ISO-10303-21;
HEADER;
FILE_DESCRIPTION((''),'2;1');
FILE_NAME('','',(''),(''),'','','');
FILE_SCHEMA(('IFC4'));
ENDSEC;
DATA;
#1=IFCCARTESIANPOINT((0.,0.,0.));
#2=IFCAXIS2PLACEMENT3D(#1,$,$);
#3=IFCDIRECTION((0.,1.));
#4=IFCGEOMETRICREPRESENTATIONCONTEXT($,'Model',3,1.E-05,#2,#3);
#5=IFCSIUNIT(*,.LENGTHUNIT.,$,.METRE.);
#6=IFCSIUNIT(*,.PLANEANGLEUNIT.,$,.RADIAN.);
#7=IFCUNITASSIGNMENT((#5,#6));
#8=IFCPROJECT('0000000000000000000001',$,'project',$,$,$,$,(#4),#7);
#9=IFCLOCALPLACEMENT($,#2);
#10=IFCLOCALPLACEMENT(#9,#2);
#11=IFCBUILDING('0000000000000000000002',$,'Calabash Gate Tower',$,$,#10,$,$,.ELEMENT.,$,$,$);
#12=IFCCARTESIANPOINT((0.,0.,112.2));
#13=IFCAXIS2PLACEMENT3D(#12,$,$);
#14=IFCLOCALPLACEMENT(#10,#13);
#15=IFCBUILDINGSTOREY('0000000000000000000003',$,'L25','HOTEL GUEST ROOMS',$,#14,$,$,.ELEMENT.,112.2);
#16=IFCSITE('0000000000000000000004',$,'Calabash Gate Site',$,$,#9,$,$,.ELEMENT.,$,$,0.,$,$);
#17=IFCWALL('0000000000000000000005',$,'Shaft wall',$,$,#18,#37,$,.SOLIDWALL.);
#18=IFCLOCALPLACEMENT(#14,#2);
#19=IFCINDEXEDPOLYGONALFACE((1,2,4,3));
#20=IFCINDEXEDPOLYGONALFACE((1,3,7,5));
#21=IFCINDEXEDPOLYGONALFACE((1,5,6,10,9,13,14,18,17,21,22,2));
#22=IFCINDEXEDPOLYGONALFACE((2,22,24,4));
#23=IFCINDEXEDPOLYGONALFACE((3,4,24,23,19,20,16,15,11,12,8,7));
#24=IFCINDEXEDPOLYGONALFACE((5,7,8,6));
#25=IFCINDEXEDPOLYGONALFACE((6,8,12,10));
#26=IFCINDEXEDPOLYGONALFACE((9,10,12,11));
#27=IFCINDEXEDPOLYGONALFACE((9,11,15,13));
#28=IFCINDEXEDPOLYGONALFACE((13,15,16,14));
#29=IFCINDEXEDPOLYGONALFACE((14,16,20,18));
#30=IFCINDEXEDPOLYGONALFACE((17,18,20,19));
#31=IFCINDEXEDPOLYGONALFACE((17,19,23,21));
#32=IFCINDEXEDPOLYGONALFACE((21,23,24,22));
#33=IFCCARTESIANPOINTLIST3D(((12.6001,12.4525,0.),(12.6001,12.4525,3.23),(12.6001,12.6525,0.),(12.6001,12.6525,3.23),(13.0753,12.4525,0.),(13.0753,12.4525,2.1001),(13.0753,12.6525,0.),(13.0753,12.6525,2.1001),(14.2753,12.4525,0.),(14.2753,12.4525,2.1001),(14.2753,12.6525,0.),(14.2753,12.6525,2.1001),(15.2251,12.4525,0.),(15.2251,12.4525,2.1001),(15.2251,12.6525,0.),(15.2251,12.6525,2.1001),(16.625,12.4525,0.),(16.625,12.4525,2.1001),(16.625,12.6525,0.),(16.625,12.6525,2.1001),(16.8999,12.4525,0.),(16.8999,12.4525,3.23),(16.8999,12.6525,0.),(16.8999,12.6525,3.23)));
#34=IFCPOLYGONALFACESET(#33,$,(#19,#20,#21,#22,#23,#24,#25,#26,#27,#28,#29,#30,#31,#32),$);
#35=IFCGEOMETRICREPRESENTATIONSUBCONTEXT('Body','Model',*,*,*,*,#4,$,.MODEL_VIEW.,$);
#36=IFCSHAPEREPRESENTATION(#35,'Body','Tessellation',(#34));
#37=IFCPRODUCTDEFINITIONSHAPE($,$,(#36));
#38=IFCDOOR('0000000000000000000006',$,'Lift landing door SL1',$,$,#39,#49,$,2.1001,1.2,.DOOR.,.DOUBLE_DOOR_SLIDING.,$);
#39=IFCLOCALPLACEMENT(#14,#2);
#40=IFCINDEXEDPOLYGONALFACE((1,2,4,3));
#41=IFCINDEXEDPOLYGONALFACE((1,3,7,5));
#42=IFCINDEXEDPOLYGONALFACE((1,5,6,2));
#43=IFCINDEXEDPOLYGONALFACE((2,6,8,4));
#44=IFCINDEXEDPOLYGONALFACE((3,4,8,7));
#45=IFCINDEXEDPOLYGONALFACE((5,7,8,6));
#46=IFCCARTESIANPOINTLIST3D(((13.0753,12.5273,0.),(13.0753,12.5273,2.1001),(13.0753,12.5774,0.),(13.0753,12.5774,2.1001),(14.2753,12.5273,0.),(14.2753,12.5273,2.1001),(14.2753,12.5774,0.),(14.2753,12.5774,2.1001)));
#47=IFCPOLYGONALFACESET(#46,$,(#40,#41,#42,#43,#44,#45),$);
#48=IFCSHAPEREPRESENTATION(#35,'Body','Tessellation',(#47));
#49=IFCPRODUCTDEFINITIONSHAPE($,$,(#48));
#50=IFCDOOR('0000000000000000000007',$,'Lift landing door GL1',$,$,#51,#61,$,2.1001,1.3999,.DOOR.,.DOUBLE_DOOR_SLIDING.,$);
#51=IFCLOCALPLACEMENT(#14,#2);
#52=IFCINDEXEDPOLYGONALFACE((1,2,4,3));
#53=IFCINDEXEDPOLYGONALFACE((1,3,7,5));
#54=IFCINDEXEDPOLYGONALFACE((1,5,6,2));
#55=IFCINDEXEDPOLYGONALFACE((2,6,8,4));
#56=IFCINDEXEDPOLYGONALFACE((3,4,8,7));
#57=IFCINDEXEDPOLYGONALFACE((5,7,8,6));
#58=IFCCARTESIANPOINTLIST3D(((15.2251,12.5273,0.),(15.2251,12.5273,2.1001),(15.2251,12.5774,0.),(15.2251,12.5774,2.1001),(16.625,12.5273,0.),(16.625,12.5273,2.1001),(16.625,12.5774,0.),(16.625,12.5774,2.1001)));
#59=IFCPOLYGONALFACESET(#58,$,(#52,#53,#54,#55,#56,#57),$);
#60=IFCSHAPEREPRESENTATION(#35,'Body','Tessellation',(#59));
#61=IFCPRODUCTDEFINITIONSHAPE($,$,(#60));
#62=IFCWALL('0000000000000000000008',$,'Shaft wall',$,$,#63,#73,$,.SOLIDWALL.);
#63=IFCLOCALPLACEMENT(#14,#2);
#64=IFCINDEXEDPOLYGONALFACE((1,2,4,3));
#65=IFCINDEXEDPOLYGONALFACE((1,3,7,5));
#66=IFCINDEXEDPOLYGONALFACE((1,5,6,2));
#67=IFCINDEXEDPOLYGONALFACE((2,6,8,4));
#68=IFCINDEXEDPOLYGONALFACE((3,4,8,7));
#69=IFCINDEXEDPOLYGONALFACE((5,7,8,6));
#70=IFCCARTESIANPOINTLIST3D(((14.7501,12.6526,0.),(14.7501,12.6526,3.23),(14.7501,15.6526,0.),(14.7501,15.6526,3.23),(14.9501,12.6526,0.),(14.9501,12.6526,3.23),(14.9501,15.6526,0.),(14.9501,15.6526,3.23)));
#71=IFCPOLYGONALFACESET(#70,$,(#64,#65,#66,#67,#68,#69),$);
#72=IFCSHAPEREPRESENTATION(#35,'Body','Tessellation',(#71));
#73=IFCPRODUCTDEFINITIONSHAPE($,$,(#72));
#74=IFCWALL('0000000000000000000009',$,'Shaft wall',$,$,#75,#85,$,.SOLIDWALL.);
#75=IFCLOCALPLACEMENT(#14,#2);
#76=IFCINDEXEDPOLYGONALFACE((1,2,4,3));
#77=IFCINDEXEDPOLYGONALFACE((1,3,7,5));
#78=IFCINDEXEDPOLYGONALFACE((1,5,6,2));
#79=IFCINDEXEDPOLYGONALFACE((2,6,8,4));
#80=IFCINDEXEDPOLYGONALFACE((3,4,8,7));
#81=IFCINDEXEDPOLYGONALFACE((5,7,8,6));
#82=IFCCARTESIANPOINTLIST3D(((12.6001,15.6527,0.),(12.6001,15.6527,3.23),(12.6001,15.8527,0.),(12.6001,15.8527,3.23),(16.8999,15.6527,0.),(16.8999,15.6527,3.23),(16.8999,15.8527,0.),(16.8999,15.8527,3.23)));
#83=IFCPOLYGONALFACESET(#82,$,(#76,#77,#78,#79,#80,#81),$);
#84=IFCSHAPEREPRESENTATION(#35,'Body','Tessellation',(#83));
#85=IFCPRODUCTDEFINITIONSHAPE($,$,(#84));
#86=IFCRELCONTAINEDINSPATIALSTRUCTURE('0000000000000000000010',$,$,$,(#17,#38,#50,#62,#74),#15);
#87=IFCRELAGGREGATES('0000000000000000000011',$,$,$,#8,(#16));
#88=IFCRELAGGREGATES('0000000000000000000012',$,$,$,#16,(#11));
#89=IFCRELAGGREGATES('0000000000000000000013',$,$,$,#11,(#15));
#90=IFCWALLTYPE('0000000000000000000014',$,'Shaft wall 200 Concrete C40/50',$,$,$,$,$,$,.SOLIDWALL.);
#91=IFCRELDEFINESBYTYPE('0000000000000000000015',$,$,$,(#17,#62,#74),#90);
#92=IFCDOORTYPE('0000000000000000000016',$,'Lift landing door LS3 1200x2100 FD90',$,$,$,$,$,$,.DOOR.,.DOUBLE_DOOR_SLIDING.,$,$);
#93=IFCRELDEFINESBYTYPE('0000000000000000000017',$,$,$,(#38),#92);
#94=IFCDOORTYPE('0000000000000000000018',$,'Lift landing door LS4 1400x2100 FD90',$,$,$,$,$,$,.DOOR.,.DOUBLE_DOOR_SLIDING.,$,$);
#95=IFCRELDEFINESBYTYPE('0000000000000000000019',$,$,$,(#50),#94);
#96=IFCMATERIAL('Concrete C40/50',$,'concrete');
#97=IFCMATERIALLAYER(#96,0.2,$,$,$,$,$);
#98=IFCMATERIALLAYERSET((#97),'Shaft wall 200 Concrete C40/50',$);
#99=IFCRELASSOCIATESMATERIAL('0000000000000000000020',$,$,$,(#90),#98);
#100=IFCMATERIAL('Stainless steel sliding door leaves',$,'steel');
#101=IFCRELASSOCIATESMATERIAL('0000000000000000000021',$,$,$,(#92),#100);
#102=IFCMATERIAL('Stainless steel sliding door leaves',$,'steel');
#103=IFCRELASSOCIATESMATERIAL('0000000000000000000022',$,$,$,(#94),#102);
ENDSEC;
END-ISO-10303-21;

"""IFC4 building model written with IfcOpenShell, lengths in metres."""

from ifc_helpers import new_model, si_unit, direction, frame, frame_2d, origin, place, context, subcontext, project, spatial, rectangle, extrude, material, layer, layer_set, type_object, element, fill, save


model = new_model("IFC4")

# Units and contexts
model_context = context("Model", 3, precision=1e-05, world=origin(), true_north=direction((0.0, 1.0)))
body_context = subcontext(model_context, "Body", "Model", "MODEL_VIEW")
ifc_project = project(units=[si_unit("LENGTHUNIT", "METRE"), si_unit("PLANEANGLEUNIT", "RADIAN")], contexts=[model_context])

# Site, building, storey
site_placement = place(None, origin())
site = spatial("IfcSite", under=ifc_project, at=site_placement, Name="Calabash Gate Site", CompositionType="ELEMENT", RefElevation=0.0)
building_placement = place(site_placement, origin())
building = spatial("IfcBuilding", under=site, at=building_placement, Name="Calabash Gate Tower", CompositionType="ELEMENT")
storey_placement = place(building_placement, frame((0.0, 0.0, 112.2)))
storey = spatial("IfcBuildingStorey", under=building, at=storey_placement, Name="L25", Description="HOTEL GUEST ROOMS", CompositionType="ELEMENT", Elevation=112.2)

# Shared definitions
ifc_material_1 = material(Name="Concrete C40/50", Category="concrete")
ifc_layer_1 = layer(ifc_material_1, 0.2)
ifc_layer_set_1 = layer_set([ifc_layer_1], Name="Shaft wall 200 Concrete C40/50")
wall_type_1 = type_object("IfcWallType", Name="Shaft wall 200 Concrete C40/50", PredefinedType="SOLIDWALL", material=ifc_layer_set_1)

# Wall, openings, doors
wall_1_placement = place(storey_placement, frame((12.6001, 12.5525, 0.0), z_axis=(0.0, 0.0, 1.0), x_axis=(1.0, 0.0, 0.0)))
wall_1 = element("IfcWall", 1, at=wall_1_placement, inside=storey, type_object=wall_type_1, Name="Shaft wall", PredefinedType="SOLIDWALL", context=body_context, shape_type="SweptSolid", body=[
    extrude(rectangle(XDim=4.2998, YDim=0.2, at=frame_2d((2.1499, 0.0))), origin(), (0.0, 0.0, 1.0), 3.23),
])
opening_1_placement = place(wall_1_placement, frame((0.4751, 0.0, 0.0)))
opening_1 = element("IfcOpeningElement", 2, at=opening_1_placement, cuts=wall_1, PredefinedType="OPENING", context=body_context, shape_type="SweptSolid", body=[
    extrude(rectangle(XDim=1.2, YDim=2.1001, at=frame_2d((0.6001, 1.05))), frame((0.0, 0.1099, 0.0), z_axis=(0.0, -1.0, 0.0), x_axis=(1.0, 0.0, 0.0)), (0.0, 0.0, 1.0), 0.22),
])
opening_2_placement = place(wall_1_placement, frame((2.625, 0.0, 0.0)))
opening_2 = element("IfcOpeningElement", 3, at=opening_2_placement, cuts=wall_1, PredefinedType="OPENING", context=body_context, shape_type="SweptSolid", body=[
    extrude(rectangle(XDim=1.3999, YDim=2.1001, at=frame_2d((0.7, 1.05))), frame((0.0, 0.1099, 0.0), z_axis=(0.0, -1.0, 0.0), x_axis=(1.0, 0.0, 0.0)), (0.0, 0.0, 1.0), 0.22),
])
ifc_material_2 = material(Name="Stainless steel sliding door leaves", Category="steel")
door_type_1 = type_object("IfcDoorType", Name="Lift landing door LS3 1200x2100 FD90", OperationType="DOUBLE_DOOR_SLIDING", PredefinedType="DOOR", material=ifc_material_2)
door_1_placement = place(opening_1_placement, origin())
door_1 = element("IfcDoor", 4, at=door_1_placement, inside=storey, type_object=door_type_1, Name="Lift landing door SL1", OperationType="DOUBLE_DOOR_SLIDING", OverallHeight=2.1001, OverallWidth=1.2, PredefinedType="DOOR", context=body_context, shape_type="SweptSolid", body=[
    extrude(rectangle(XDim=1.2, YDim=2.1001, at=frame_2d((0.6001, 1.05))), frame((0.0, 0.0249, 0.0), z_axis=(0.0, -1.0, 0.0), x_axis=(1.0, 0.0, 0.0)), (0.0, 0.0, 1.0), 0.05),
])
fill(opening_1, door_1)
ifc_material_3 = material(Name="Stainless steel sliding door leaves", Category="steel")
door_type_2 = type_object("IfcDoorType", Name="Lift landing door LS4 1400x2100 FD90", OperationType="DOUBLE_DOOR_SLIDING", PredefinedType="DOOR", material=ifc_material_3)
door_2_placement = place(opening_2_placement, origin())
door_2 = element("IfcDoor", 5, at=door_2_placement, inside=storey, type_object=door_type_2, Name="Lift landing door GL1", OperationType="DOUBLE_DOOR_SLIDING", OverallHeight=2.1001, OverallWidth=1.3999, PredefinedType="DOOR", context=body_context, shape_type="SweptSolid", body=[
    extrude(rectangle(XDim=1.3999, YDim=2.1001, at=frame_2d((0.7, 1.05))), frame((0.0, 0.0249, 0.0), z_axis=(0.0, -1.0, 0.0), x_axis=(1.0, 0.0, 0.0)), (0.0, 0.0, 1.0), 0.05),
])
fill(opening_2, door_2)

# Walls
wall_2_placement = place(storey_placement, frame((14.8501, 12.6526, 0.0), z_axis=(0.0, 0.0, 1.0), x_axis=(0.0, 1.0, 0.0)))
element("IfcWall", 6, at=wall_2_placement, inside=storey, type_object=wall_type_1, Name="Shaft wall", PredefinedType="SOLIDWALL", context=body_context, shape_type="SweptSolid", body=[
    extrude(rectangle(XDim=3.0, YDim=0.2, at=frame_2d((1.5, 0.0))), origin(), (0.0, 0.0, 1.0), 3.23),
])
wall_3_placement = place(storey_placement, frame((12.6001, 15.7527, 0.0), z_axis=(0.0, 0.0, 1.0), x_axis=(1.0, 0.0, 0.0)))
element("IfcWall", 7, at=wall_3_placement, inside=storey, type_object=wall_type_1, Name="Shaft wall", PredefinedType="SOLIDWALL", context=body_context, shape_type="SweptSolid", body=[
    extrude(rectangle(XDim=4.2998, YDim=0.2, at=frame_2d((2.1499, 0.0))), origin(), (0.0, 0.0, 1.0), 3.23),
])

save(model, "model.ifc")
